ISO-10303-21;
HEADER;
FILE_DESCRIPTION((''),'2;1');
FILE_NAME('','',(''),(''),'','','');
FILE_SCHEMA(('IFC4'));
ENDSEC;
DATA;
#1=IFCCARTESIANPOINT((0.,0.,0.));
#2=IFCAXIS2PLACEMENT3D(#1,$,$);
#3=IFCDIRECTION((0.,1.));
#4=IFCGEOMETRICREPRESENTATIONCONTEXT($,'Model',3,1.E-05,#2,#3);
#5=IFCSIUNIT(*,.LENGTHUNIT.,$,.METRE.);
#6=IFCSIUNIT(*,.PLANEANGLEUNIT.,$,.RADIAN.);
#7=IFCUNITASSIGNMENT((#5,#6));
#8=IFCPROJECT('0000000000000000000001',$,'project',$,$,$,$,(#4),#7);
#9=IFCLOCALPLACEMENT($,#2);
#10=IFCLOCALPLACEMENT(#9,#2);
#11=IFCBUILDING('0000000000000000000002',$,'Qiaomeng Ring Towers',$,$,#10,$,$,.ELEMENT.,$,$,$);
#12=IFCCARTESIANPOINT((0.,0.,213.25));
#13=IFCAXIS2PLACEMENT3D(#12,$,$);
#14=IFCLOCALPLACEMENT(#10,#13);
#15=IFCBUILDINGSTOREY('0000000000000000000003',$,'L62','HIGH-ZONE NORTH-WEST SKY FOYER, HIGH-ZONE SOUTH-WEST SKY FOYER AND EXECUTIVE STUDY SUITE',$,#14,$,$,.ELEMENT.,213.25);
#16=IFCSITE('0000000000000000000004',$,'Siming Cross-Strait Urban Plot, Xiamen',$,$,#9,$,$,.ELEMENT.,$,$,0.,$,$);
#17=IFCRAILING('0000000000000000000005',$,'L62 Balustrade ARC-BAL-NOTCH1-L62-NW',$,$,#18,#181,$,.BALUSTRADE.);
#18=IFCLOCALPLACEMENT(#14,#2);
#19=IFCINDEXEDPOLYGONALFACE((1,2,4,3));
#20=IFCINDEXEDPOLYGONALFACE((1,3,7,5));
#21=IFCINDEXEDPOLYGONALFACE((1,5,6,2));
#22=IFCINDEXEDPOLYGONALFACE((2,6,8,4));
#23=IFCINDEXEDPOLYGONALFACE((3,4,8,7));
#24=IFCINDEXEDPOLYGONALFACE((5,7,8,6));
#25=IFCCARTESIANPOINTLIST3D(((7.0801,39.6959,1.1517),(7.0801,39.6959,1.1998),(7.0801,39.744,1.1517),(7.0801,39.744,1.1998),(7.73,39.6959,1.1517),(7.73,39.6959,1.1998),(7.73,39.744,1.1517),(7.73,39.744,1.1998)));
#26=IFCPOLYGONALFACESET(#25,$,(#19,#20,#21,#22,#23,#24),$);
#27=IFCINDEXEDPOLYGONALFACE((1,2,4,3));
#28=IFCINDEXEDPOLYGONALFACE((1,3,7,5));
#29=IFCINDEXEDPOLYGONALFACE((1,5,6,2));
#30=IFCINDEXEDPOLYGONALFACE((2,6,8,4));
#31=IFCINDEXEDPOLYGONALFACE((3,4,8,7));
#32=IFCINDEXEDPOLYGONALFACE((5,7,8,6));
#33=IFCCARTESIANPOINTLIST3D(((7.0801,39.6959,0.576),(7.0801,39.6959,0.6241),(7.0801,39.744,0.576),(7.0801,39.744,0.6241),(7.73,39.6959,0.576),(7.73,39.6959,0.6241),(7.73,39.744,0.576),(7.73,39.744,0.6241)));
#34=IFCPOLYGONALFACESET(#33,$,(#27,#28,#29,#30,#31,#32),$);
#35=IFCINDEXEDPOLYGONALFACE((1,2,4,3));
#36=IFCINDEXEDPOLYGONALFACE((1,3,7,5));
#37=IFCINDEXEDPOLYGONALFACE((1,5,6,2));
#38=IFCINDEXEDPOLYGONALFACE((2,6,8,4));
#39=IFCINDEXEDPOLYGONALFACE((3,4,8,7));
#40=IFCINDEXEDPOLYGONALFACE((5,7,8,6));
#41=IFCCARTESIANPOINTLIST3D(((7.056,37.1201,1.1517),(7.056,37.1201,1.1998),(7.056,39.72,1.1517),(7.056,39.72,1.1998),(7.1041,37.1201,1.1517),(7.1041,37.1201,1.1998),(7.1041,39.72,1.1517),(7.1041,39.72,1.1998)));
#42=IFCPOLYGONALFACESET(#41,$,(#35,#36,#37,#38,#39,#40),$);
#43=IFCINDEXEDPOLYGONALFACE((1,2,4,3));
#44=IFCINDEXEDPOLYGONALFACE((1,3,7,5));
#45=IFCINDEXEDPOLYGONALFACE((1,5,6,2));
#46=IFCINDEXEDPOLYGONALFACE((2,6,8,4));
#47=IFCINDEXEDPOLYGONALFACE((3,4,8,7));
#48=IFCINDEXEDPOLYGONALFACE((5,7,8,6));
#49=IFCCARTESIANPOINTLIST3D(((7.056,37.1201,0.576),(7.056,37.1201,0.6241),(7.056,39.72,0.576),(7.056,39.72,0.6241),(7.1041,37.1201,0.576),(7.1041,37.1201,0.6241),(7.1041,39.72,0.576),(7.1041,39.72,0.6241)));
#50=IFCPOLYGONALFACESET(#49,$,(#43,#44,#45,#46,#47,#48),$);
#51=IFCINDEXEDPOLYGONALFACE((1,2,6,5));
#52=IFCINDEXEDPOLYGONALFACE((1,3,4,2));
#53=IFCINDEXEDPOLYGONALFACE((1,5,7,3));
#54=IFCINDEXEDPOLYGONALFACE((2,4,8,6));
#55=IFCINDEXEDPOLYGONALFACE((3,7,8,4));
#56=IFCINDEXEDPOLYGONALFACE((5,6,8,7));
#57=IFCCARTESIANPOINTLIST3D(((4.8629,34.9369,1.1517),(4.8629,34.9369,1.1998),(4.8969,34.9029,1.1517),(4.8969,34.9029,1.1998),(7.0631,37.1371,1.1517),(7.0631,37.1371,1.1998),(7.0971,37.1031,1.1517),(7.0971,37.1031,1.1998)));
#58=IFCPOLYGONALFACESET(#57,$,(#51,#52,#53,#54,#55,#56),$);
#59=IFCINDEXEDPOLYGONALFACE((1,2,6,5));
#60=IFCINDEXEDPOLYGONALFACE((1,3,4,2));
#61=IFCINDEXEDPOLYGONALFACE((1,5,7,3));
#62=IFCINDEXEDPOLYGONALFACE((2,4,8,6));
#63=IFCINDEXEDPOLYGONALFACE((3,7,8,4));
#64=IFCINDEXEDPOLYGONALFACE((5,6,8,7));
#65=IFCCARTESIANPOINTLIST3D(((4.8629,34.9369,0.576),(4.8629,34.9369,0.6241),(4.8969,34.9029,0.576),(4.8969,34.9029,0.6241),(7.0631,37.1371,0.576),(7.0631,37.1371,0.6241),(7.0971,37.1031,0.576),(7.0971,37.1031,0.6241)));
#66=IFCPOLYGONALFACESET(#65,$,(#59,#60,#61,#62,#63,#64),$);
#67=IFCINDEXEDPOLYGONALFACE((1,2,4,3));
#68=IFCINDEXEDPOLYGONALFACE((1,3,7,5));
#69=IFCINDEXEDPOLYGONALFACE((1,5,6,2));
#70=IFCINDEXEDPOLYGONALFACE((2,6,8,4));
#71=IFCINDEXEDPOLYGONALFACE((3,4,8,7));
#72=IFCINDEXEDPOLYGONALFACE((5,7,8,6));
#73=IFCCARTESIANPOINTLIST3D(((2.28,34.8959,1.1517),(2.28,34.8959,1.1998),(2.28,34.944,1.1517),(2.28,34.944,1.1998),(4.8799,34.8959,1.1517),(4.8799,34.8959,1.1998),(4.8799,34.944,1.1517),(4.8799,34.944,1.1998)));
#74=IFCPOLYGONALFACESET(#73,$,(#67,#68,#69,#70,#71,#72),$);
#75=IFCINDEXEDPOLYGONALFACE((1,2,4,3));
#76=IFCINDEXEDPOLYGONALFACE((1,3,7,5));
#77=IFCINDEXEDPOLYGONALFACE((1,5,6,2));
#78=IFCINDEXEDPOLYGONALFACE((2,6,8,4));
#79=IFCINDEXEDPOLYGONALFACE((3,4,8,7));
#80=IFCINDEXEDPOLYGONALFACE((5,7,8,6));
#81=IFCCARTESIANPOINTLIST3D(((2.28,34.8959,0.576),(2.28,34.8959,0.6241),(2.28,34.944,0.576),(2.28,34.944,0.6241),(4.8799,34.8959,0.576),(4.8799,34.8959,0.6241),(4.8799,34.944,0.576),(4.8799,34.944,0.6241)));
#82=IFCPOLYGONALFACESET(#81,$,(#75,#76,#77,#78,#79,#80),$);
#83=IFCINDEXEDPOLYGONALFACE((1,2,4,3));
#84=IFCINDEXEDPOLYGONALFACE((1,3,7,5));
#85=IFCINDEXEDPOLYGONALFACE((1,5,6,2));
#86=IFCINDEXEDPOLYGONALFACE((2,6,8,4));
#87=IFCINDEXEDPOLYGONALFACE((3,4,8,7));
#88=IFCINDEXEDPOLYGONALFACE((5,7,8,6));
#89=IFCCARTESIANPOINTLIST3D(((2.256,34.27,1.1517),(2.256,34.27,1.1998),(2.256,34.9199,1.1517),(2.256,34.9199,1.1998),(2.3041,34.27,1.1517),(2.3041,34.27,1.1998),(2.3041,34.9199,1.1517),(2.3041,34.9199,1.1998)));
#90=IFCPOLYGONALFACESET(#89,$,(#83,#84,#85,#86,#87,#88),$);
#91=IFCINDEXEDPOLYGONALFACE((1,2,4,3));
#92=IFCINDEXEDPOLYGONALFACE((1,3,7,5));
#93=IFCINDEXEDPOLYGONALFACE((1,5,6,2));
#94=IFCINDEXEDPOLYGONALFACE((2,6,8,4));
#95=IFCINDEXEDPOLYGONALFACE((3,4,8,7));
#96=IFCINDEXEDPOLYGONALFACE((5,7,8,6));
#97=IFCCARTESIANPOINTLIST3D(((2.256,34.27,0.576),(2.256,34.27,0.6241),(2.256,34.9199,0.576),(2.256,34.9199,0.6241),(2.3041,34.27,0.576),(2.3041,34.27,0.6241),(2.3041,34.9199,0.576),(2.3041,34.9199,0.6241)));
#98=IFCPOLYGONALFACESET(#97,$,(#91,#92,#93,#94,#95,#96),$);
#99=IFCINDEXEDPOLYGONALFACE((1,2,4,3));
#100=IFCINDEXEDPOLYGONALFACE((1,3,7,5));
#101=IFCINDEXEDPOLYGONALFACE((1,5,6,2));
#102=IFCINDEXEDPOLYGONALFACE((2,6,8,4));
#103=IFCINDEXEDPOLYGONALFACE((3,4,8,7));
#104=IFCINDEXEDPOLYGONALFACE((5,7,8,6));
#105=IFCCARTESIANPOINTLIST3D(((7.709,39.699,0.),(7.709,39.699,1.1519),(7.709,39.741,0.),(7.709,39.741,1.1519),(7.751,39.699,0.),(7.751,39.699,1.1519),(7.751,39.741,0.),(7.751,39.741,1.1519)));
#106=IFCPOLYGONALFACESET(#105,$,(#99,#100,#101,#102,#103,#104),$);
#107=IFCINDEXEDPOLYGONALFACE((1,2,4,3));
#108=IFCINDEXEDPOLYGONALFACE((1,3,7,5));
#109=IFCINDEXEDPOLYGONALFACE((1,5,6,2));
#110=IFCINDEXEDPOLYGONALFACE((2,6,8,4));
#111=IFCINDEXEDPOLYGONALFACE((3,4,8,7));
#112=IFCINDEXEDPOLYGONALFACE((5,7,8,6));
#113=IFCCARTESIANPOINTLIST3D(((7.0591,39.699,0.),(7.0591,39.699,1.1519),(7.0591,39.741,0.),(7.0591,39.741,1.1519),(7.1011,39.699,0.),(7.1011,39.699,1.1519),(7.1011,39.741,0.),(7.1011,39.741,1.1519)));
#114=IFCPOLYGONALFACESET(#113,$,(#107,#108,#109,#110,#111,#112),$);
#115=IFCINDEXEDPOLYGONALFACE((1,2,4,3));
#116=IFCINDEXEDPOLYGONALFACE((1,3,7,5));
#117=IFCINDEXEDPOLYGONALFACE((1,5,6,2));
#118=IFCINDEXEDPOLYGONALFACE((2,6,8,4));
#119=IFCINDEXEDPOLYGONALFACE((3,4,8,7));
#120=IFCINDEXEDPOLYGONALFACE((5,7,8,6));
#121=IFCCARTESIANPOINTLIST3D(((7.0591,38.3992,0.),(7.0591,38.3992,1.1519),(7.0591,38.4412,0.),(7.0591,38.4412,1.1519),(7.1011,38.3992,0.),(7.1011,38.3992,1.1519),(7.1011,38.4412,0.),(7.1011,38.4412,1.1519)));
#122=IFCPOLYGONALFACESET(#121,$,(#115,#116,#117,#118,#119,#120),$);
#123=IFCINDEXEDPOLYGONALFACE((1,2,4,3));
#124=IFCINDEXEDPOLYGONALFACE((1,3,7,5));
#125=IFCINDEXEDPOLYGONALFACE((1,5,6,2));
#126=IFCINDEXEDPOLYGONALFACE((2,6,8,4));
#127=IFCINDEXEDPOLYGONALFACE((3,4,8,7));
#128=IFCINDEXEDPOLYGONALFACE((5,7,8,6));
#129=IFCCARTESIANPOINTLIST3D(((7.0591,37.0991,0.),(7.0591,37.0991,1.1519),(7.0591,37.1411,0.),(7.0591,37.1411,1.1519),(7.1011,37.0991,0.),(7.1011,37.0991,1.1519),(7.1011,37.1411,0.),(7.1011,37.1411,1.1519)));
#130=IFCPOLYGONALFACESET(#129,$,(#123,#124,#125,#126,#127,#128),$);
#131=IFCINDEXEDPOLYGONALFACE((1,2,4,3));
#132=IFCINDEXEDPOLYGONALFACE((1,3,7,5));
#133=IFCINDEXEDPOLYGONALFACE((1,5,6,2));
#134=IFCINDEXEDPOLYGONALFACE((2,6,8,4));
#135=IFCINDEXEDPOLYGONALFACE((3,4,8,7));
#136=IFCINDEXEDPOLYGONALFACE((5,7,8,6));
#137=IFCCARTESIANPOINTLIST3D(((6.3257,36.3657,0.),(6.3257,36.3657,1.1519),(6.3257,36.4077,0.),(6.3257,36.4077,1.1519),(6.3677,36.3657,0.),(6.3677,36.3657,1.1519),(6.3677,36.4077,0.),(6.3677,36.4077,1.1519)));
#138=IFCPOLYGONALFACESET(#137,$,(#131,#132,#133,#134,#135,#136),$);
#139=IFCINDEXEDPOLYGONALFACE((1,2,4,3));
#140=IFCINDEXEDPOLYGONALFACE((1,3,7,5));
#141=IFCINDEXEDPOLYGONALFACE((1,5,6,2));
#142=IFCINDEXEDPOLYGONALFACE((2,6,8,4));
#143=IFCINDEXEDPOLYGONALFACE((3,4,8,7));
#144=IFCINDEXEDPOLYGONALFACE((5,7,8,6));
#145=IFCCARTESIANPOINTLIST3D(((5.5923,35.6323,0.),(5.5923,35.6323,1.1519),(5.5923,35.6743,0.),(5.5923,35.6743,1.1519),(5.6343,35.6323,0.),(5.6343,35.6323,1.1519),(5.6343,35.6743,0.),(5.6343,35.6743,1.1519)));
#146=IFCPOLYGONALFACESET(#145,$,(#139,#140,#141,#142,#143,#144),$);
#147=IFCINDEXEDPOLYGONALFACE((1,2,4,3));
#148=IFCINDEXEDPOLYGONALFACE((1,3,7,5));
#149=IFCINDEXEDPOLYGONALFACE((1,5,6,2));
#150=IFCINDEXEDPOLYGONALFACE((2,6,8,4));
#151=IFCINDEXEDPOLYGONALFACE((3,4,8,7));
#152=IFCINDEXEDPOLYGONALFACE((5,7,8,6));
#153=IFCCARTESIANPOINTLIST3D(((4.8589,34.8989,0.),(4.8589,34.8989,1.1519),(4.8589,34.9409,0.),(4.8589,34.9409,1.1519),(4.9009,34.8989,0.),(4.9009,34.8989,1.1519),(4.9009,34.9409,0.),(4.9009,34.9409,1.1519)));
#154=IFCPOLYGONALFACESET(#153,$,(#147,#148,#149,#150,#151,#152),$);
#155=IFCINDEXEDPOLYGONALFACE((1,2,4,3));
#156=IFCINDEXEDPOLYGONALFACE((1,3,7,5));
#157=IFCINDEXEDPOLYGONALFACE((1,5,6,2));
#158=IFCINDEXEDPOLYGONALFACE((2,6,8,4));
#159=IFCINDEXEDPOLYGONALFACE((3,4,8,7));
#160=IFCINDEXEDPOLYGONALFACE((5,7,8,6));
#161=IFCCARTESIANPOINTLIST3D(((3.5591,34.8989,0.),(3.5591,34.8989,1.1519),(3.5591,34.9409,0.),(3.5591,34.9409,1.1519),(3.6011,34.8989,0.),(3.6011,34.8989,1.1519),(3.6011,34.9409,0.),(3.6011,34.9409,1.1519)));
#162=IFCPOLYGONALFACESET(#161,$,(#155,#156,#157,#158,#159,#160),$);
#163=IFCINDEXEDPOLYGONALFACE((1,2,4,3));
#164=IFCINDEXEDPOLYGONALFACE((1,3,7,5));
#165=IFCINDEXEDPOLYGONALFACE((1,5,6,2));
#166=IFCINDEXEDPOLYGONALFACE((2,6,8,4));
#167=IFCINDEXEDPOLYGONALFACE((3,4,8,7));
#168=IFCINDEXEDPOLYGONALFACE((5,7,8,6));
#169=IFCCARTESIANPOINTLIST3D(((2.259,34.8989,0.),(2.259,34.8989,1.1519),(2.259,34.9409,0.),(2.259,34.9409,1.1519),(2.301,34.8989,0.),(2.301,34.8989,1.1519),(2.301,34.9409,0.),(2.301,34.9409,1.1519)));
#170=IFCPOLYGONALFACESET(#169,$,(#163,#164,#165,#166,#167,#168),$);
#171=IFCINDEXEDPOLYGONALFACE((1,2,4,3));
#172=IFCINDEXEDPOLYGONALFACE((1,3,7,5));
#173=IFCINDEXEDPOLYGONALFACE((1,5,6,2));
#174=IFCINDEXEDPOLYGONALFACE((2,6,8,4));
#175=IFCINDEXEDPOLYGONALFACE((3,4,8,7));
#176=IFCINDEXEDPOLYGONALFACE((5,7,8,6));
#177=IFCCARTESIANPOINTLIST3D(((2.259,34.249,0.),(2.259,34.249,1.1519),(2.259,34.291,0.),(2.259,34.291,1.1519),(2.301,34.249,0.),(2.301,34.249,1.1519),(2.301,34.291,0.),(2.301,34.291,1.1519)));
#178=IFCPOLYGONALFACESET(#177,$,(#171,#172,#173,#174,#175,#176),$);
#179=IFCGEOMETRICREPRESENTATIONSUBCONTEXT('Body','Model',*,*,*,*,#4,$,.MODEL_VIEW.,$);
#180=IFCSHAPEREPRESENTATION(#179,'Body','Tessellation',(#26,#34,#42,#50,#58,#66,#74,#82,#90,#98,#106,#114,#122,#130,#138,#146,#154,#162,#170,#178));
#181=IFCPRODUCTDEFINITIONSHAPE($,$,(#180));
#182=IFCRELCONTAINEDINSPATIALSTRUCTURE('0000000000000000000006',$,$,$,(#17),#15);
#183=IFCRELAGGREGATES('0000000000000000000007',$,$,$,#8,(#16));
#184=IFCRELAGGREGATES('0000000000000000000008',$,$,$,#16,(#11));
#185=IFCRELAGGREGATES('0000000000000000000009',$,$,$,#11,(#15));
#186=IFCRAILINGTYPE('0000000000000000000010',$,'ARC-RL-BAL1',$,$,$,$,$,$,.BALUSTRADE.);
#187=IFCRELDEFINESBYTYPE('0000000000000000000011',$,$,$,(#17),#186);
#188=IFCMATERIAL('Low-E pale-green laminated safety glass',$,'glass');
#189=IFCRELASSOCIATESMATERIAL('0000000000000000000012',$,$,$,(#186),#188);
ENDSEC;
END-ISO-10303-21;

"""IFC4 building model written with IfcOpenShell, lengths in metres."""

from ifc_helpers import new_model, si_unit, direction, frame, origin, origin_2d, place, context, subcontext, project, spatial, rectangle, extrude, material, type_object, element, save


model = new_model("IFC4")

# Units and contexts
model_context = context("Model", 3, precision=1e-05, world=origin(), true_north=direction((0.0, 1.0)))
body_context = subcontext(model_context, "Body", "Model", "MODEL_VIEW")
ifc_project = project(units=[si_unit("LENGTHUNIT", "METRE"), si_unit("PLANEANGLEUNIT", "RADIAN")], contexts=[model_context])

# Site, building, storey
site_placement = place(None, origin())
site = spatial("IfcSite", under=ifc_project, at=site_placement, Name="Siming Cross-Strait Urban Plot, Xiamen", CompositionType="ELEMENT", RefElevation=0.0)
building_placement = place(site_placement, origin())
building = spatial("IfcBuilding", under=site, at=building_placement, Name="Qiaomeng Ring Towers", CompositionType="ELEMENT")
storey_placement = place(building_placement, frame((0.0, 0.0, 213.25)))
storey = spatial("IfcBuildingStorey", under=building, at=storey_placement, Name="L62", Description="HIGH-ZONE NORTH-WEST SKY FOYER, HIGH-ZONE SOUTH-WEST SKY FOYER AND EXECUTIVE STUDY SUITE", CompositionType="ELEMENT", Elevation=213.25)

# Railing
ifc_material_1 = material(Name="Low-E pale-green laminated safety glass", Category="glass")
railing_type = type_object("IfcRailingType", Name="ARC-RL-BAL1", PredefinedType="BALUSTRADE", material=ifc_material_1)
railing_placement = place(storey_placement, frame((7.73, 39.72, 0.0)))
element("IfcRailing", 1, at=railing_placement, inside=storey, type_object=railing_type, Name="L62 Balustrade ARC-BAL-NOTCH1-L62-NW", PredefinedType="BALUSTRADE", context=body_context, shape_type="SweptSolid", body=[
    extrude(rectangle(XDim=0.0481, YDim=0.0481, at=origin_2d()), frame((0.0, 0.0, 1.1758), z_axis=(-1.0, 0.0, 0.0), x_axis=(0.0, -1.0, 0.0)), (0.0, 0.0, 1.0), 0.6499),
    extrude(rectangle(XDim=0.0481, YDim=0.0481, at=origin_2d()), frame((0.0, 0.0, 0.6001), z_axis=(-1.0, 0.0, 0.0), x_axis=(0.0, -1.0, 0.0)), (0.0, 0.0, 1.0), 0.6499),
    extrude(rectangle(XDim=0.0481, YDim=0.0481, at=origin_2d()), frame((-0.6499, 0.0, 1.1758), z_axis=(0.0, -1.0, 0.0), x_axis=(1.0, 0.0, 0.0)), (0.0, 0.0, 1.0), 2.5999),
    extrude(rectangle(XDim=0.0481, YDim=0.0481, at=origin_2d()), frame((-0.6499, 0.0, 0.6001), z_axis=(0.0, -1.0, 0.0), x_axis=(1.0, 0.0, 0.0)), (0.0, 0.0, 1.0), 2.5999),
    extrude(rectangle(XDim=0.0481, YDim=0.0481, at=origin_2d()), frame((-0.6499, -2.5999, 1.1758), z_axis=(-0.707107, -0.707107, 0.0), x_axis=(0.707107, -0.707107, 0.0)), (0.0, 0.0, 1.0), 3.1116),
    extrude(rectangle(XDim=0.0481, YDim=0.0481, at=origin_2d()), frame((-0.6499, -2.5999, 0.6001), z_axis=(-0.707107, -0.707107, 0.0), x_axis=(0.707107, -0.707107, 0.0)), (0.0, 0.0, 1.0), 3.1116),
    extrude(rectangle(XDim=0.0481, YDim=0.0481, at=origin_2d()), frame((-2.8501, -4.8, 1.1758), z_axis=(-1.0, 0.0, 0.0), x_axis=(0.0, -1.0, 0.0)), (0.0, 0.0, 1.0), 2.5999),
    extrude(rectangle(XDim=0.0481, YDim=0.0481, at=origin_2d()), frame((-2.8501, -4.8, 0.6001), z_axis=(-1.0, 0.0, 0.0), x_axis=(0.0, -1.0, 0.0)), (0.0, 0.0, 1.0), 2.5999),
    extrude(rectangle(XDim=0.0481, YDim=0.0481, at=origin_2d()), frame((-5.45, -4.8, 1.1758), z_axis=(0.0, -1.0, 0.0), x_axis=(1.0, 0.0, 0.0)), (0.0, 0.0, 1.0), 0.6499),
    extrude(rectangle(XDim=0.0481, YDim=0.0481, at=origin_2d()), frame((-5.45, -4.8, 0.6001), z_axis=(0.0, -1.0, 0.0), x_axis=(1.0, 0.0, 0.0)), (0.0, 0.0, 1.0), 0.6499),
    extrude(rectangle(XDim=0.042, YDim=0.042, at=origin_2d()), origin(), (0.0, 0.0, 1.0), 1.1519),
    extrude(rectangle(XDim=0.042, YDim=0.042, at=origin_2d()), frame((-0.6499, 0.0, 0.0)), (0.0, 0.0, 1.0), 1.1519),
    extrude(rectangle(XDim=0.042, YDim=0.042, at=origin_2d()), frame((-0.6499, -1.2998, 0.0)), (0.0, 0.0, 1.0), 1.1519),
    extrude(rectangle(XDim=0.042, YDim=0.042, at=origin_2d()), frame((-0.6499, -2.5999, 0.0)), (0.0, 0.0, 1.0), 1.1519),
    extrude(rectangle(XDim=0.042, YDim=0.042, at=origin_2d()), frame((-1.3833, -3.3333, 0.0)), (0.0, 0.0, 1.0), 1.1519),
    extrude(rectangle(XDim=0.042, YDim=0.042, at=origin_2d()), frame((-2.1167, -4.0667, 0.0)), (0.0, 0.0, 1.0), 1.1519),
    extrude(rectangle(XDim=0.042, YDim=0.042, at=origin_2d()), frame((-2.8501, -4.8, 0.0)), (0.0, 0.0, 1.0), 1.1519),
    extrude(rectangle(XDim=0.042, YDim=0.042, at=origin_2d()), frame((-4.1499, -4.8, 0.0)), (0.0, 0.0, 1.0), 1.1519),
    extrude(rectangle(XDim=0.042, YDim=0.042, at=origin_2d()), frame((-5.45, -4.8, 0.0)), (0.0, 0.0, 1.0), 1.1519),
    extrude(rectangle(XDim=0.042, YDim=0.042, at=origin_2d()), frame((-5.45, -5.45, 0.0)), (0.0, 0.0, 1.0), 1.1519),
])

save(model, "model.ifc")
